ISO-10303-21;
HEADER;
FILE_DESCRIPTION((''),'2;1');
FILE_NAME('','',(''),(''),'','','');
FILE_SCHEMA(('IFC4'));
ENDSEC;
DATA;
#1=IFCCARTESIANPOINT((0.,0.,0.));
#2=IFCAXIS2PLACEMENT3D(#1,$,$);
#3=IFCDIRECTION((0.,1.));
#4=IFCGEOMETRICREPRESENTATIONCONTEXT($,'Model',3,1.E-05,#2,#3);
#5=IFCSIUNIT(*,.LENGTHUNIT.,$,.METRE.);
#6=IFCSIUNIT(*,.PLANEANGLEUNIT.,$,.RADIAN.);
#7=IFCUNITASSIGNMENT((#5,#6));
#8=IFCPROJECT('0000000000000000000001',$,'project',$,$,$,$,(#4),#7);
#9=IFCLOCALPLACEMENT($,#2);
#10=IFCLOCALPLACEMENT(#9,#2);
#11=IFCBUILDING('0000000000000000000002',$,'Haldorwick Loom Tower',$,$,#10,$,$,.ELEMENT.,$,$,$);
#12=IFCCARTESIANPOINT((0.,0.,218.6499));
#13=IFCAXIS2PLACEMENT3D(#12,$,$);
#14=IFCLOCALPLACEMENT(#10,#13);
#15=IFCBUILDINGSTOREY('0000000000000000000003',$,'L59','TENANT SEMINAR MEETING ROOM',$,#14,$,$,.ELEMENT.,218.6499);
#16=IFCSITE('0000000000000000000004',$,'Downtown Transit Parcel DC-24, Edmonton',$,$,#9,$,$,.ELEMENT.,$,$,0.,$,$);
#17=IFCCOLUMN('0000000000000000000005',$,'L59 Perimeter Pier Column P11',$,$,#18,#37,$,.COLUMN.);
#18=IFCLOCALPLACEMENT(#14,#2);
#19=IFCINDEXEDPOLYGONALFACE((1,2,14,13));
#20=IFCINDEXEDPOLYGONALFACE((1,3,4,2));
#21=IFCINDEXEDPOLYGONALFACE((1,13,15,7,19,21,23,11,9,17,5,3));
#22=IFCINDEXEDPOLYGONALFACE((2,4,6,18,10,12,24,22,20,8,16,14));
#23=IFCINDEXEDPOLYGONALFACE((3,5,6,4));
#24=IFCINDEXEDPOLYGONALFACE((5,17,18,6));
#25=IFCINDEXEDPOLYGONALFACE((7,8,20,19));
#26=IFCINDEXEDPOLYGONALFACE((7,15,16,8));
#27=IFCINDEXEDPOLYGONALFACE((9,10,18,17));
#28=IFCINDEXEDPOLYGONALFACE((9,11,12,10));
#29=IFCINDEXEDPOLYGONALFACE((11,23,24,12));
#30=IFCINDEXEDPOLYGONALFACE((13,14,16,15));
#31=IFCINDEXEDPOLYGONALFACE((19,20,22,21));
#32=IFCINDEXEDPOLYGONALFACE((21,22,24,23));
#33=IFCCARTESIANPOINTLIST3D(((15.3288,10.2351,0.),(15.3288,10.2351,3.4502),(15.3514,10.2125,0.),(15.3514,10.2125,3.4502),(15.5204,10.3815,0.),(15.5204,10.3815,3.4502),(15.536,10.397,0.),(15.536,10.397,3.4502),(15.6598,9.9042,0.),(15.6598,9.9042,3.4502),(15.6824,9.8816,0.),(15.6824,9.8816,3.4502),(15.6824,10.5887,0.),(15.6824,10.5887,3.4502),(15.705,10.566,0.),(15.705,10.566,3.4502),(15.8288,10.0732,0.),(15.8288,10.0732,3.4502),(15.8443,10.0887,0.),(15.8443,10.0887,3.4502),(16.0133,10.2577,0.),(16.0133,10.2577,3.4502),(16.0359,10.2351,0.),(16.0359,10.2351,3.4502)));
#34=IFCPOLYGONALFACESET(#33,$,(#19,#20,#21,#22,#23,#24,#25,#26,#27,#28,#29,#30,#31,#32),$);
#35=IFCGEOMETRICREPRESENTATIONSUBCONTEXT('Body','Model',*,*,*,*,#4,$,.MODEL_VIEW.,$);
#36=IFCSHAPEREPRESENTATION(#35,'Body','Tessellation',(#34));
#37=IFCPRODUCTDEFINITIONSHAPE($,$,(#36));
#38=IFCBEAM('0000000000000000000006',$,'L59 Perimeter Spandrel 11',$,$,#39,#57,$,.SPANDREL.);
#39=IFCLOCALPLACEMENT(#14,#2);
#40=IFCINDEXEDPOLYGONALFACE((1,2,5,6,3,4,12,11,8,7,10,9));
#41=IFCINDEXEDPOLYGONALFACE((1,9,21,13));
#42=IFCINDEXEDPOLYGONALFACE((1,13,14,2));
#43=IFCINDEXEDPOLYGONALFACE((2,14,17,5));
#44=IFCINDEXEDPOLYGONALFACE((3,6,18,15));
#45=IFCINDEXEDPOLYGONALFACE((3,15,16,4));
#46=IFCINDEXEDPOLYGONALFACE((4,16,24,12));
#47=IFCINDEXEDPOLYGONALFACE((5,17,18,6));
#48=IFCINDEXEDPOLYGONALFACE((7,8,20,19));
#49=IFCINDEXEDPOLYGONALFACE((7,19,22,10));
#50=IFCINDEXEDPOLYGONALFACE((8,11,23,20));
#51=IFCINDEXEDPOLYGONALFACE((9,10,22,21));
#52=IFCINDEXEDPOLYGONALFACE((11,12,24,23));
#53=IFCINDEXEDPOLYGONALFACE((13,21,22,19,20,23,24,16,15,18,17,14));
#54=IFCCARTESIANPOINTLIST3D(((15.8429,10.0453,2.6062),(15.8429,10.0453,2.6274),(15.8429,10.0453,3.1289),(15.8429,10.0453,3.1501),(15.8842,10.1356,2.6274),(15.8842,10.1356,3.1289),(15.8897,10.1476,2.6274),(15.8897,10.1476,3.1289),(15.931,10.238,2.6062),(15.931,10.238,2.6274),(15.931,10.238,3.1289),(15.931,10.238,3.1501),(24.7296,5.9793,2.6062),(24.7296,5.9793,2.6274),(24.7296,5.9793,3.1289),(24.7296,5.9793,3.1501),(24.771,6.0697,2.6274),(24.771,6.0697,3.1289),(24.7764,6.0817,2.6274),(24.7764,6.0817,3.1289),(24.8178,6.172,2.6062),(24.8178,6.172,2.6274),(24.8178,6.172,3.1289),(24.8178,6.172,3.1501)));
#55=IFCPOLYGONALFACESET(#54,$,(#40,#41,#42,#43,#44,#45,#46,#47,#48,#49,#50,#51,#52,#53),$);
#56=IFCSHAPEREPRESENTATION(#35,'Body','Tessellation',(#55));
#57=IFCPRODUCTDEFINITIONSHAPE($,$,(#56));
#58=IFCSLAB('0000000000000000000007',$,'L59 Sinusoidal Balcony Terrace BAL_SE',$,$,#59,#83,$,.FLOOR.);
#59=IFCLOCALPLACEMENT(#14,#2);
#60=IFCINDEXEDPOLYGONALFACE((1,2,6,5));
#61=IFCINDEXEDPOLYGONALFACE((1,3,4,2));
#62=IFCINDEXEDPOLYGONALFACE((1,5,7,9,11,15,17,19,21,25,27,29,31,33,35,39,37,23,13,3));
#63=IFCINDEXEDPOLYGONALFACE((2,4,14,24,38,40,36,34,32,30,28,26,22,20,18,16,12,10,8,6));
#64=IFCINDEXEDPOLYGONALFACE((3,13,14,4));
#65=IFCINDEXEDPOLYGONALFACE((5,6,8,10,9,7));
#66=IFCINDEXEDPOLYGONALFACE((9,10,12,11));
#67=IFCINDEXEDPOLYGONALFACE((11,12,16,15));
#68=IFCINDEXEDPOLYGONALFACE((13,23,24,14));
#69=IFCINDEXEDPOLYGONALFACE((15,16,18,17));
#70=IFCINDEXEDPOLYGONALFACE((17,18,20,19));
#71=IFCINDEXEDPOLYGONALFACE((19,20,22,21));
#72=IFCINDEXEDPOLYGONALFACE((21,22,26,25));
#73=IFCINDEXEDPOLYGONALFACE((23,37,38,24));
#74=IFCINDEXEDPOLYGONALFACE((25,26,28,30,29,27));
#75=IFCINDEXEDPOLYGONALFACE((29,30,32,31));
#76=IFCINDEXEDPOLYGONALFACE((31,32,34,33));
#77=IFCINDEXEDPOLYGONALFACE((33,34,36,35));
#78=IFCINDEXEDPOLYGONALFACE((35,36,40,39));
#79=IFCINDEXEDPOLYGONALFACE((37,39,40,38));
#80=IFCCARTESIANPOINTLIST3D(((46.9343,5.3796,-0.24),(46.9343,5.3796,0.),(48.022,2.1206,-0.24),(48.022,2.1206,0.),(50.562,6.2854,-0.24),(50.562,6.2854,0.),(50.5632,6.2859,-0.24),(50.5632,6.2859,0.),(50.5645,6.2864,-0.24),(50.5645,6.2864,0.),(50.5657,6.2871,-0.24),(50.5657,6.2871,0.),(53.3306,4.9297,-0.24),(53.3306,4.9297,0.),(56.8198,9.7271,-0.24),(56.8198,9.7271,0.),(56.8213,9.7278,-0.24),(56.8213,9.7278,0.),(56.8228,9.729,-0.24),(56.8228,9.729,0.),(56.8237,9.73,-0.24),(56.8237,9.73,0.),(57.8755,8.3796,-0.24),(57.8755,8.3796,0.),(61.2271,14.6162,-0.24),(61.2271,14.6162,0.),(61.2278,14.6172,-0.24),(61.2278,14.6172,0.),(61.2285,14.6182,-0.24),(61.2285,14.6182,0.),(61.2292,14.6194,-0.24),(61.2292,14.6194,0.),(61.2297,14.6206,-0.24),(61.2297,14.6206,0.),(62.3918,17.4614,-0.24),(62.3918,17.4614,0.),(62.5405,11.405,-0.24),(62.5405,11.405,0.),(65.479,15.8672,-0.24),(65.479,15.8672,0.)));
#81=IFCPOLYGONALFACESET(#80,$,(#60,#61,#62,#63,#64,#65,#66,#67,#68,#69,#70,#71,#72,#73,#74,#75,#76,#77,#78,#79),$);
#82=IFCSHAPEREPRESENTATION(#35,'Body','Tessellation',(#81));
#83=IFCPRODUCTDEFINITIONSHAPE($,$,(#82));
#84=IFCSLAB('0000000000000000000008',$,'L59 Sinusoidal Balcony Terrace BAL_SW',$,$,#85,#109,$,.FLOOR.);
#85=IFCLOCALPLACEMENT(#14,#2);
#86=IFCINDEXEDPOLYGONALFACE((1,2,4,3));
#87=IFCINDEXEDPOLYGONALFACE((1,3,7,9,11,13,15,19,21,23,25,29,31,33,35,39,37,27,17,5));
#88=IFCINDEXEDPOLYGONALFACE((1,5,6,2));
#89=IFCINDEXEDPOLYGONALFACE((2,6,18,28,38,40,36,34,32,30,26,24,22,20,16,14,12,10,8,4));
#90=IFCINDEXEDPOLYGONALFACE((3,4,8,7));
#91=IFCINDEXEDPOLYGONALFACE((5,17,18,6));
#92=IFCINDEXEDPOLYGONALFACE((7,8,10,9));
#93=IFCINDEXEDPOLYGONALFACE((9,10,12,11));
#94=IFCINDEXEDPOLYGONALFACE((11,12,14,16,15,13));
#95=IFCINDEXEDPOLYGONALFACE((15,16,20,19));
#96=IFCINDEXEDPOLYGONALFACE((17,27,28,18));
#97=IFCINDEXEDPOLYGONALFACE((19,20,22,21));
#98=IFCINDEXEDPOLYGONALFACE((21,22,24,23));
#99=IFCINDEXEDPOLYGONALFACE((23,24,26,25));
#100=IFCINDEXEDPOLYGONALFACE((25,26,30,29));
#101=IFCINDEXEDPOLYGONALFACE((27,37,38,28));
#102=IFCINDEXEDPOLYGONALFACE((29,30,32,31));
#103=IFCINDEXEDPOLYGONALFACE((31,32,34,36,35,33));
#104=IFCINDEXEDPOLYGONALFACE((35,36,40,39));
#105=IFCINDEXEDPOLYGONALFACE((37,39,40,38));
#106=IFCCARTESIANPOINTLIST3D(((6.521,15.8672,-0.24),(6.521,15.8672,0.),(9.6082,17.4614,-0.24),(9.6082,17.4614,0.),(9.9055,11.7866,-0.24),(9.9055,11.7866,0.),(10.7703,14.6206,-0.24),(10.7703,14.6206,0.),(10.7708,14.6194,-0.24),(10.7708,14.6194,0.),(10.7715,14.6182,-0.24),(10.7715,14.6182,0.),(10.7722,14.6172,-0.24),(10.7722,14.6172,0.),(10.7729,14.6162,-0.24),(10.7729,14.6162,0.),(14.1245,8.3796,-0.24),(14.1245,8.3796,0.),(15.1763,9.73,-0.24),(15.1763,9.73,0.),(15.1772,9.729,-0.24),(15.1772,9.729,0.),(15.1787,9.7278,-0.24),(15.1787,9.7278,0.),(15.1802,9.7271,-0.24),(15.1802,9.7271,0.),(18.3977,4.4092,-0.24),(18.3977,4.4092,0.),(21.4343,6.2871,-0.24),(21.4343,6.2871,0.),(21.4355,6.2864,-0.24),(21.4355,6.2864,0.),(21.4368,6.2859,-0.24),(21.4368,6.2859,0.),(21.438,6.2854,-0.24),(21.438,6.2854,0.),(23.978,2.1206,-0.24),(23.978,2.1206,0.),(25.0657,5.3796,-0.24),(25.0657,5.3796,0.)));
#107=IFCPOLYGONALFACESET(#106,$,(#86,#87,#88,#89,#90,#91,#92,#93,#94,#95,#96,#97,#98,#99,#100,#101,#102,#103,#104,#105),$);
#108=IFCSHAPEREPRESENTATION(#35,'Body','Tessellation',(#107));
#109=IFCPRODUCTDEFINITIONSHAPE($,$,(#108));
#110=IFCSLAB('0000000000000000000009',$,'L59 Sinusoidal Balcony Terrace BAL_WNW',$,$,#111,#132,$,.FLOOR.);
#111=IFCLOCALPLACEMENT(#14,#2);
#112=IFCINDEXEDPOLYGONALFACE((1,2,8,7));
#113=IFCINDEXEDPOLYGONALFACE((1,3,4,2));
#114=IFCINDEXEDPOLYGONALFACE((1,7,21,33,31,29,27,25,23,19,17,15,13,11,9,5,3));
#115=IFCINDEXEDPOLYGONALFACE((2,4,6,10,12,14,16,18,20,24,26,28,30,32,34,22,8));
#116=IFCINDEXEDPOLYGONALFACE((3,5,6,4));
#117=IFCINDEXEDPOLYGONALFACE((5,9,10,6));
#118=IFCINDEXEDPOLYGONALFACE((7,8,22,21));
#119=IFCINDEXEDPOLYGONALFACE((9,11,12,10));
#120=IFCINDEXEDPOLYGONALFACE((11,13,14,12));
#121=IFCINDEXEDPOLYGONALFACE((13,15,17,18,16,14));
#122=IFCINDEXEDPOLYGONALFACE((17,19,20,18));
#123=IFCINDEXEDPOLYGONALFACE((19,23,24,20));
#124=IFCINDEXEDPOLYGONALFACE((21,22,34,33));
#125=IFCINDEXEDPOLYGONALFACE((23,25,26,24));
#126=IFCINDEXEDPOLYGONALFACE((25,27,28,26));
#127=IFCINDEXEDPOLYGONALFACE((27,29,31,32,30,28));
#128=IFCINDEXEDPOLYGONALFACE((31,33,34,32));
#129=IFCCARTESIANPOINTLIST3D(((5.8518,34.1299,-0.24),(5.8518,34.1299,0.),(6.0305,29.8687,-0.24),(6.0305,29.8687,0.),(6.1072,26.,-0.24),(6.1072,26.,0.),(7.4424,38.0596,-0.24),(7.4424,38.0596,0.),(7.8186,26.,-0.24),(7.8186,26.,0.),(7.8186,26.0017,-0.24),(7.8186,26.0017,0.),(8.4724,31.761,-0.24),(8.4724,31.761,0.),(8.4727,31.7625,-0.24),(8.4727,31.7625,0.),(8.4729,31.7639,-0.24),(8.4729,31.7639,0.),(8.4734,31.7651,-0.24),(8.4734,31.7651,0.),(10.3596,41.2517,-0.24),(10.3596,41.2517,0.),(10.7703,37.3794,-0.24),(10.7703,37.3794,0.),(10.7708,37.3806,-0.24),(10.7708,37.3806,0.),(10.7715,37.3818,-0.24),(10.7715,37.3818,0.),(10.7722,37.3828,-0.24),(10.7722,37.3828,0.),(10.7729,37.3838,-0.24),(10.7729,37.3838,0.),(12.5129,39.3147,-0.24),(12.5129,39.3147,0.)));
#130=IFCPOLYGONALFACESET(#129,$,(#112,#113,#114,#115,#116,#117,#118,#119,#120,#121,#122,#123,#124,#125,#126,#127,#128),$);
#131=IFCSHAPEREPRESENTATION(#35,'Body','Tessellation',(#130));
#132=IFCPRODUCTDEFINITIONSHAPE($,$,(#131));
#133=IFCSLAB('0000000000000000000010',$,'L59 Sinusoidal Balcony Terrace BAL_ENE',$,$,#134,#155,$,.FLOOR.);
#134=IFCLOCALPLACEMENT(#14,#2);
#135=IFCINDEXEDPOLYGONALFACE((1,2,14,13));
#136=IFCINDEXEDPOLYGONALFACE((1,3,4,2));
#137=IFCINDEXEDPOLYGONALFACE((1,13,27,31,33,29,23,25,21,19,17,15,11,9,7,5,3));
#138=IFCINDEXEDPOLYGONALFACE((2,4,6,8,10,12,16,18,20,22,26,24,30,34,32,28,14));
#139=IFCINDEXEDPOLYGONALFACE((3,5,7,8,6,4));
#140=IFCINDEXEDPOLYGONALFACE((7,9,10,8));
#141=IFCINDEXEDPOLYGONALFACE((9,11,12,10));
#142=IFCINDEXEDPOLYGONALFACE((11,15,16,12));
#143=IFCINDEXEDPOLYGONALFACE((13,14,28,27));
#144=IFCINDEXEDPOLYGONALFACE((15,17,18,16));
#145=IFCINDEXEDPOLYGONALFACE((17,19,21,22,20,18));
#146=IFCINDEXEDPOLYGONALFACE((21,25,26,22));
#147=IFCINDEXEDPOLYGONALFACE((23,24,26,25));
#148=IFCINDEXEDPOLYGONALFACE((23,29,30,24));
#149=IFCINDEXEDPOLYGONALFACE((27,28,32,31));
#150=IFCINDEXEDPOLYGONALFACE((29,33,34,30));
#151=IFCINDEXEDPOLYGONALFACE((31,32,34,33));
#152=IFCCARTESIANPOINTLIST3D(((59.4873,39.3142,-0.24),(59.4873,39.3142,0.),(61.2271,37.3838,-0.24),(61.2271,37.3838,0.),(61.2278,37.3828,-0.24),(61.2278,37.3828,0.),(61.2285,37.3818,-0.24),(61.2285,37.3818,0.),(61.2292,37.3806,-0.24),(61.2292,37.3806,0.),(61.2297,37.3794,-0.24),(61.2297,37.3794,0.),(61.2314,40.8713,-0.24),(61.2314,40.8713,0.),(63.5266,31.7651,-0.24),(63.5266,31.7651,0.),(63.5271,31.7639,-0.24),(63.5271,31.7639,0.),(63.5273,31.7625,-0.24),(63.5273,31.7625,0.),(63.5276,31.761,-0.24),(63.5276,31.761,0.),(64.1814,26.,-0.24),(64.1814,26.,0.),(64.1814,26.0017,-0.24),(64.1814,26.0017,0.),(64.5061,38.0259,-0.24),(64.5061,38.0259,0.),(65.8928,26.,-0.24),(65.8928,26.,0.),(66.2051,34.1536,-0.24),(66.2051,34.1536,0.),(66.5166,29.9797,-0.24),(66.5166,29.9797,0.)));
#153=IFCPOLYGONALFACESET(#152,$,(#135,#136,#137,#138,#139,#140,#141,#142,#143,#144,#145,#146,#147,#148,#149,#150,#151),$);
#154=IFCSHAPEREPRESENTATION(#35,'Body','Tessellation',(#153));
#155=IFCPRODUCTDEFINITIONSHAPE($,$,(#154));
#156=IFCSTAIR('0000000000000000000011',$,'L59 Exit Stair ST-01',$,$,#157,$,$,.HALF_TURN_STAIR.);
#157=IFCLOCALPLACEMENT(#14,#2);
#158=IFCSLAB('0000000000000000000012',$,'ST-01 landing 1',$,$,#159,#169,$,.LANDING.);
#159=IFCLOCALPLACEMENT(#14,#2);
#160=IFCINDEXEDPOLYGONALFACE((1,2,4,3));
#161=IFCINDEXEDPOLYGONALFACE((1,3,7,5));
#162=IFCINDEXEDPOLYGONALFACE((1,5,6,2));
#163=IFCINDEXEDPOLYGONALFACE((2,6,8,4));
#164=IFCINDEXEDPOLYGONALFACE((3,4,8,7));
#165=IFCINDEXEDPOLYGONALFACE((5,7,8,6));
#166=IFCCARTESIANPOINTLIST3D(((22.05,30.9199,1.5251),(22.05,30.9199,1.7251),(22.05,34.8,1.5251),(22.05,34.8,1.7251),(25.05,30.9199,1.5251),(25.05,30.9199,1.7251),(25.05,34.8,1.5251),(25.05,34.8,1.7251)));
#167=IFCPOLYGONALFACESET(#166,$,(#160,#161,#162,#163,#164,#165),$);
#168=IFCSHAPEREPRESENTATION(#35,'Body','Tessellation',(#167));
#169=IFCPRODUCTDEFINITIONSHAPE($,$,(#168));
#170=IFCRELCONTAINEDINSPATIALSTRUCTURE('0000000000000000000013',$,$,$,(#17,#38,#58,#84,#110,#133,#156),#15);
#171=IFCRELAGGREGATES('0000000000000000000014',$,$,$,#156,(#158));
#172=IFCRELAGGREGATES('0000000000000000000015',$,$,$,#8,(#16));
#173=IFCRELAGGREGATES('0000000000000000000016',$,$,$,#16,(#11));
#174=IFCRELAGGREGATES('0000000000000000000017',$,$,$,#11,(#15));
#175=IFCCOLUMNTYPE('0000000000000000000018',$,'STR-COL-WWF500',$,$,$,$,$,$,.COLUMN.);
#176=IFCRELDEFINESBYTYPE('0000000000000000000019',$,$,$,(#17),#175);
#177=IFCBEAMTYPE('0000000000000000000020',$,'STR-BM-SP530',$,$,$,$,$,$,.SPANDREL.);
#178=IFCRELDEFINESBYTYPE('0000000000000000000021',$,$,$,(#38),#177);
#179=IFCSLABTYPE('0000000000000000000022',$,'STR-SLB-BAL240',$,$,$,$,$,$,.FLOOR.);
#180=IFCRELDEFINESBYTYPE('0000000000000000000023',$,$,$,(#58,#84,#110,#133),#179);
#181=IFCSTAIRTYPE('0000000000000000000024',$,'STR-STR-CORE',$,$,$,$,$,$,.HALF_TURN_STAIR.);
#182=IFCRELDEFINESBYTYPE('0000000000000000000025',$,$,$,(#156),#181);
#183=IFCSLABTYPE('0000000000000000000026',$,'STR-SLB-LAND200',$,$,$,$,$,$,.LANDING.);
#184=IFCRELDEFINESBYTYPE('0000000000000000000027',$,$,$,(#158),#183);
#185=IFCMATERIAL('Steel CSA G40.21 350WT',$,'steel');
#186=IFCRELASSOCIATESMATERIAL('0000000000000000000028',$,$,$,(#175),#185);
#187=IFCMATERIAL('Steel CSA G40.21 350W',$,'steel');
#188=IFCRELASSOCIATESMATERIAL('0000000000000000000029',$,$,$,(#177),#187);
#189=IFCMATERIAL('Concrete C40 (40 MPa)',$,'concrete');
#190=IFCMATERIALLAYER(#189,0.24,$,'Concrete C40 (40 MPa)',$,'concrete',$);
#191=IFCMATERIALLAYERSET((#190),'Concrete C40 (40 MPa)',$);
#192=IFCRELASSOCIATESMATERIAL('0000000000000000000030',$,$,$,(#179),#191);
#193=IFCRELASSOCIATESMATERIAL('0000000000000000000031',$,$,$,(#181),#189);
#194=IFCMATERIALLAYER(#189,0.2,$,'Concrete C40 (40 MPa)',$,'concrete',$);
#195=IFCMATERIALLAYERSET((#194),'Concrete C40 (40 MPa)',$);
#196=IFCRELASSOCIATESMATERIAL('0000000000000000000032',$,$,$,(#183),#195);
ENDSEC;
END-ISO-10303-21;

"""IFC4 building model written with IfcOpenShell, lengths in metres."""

from ifc_helpers import new_model, si_unit, direction, frame, origin, origin_2d, place, context, subcontext, project, spatial, polyline, i_section, outline, extrude, material, layer, layer_set, material_profile, profile_set, type_object, element, aggregate, save


model = new_model("IFC4")

# Units and contexts
model_context = context("Model", 3, precision=1e-05, world=origin(), true_north=direction((0.0, 1.0)))
body_context = subcontext(model_context, "Body", "Model", "MODEL_VIEW")
ifc_project = project(units=[si_unit("LENGTHUNIT", "METRE"), si_unit("PLANEANGLEUNIT", "RADIAN")], contexts=[model_context])

# Site, building, storey
site_placement = place(None, origin())
site = spatial("IfcSite", under=ifc_project, at=site_placement, Name="Downtown Transit Parcel DC-24, Edmonton", CompositionType="ELEMENT", RefElevation=0.0)
building_placement = place(site_placement, origin())
building = spatial("IfcBuilding", under=site, at=building_placement, Name="Haldorwick Loom Tower", CompositionType="ELEMENT")
storey_placement = place(building_placement, frame((0.0, 0.0, 218.6499)))
storey = spatial("IfcBuildingStorey", under=building, at=storey_placement, Name="L59", Description="TENANT SEMINAR MEETING ROOM", CompositionType="ELEMENT", Elevation=218.6499)

# Column
ifc_material_1 = material(Name="Steel CSA G40.21 350WT", Category="steel")
ifc_material_profile_1 = material_profile(ifc_material_1, i_section(OverallWidth=0.5, OverallDepth=0.5, WebThickness=0.022, FlangeThickness=0.032, at=origin_2d()), Name="WWF500X500", Category="steel")
ifc_profile_set_1 = profile_set([ifc_material_profile_1], Name="Steel CSA G40.21 350WT")
column_type = type_object("IfcColumnType", Name="STR-COL-WWF500", PredefinedType="COLUMN", material=ifc_profile_set_1)
column_placement = place(storey_placement, frame((15.6824, 10.2351, 0.0), z_axis=(0.0, 0.0, 1.0), x_axis=(-0.707107, -0.707107, 0.0)))
element("IfcColumn", 1, at=column_placement, inside=storey, type_object=column_type, Name="L59 Perimeter Pier Column P11", PredefinedType="COLUMN", context=body_context, shape_type="SweptSolid", body=[
    extrude(i_section(OverallWidth=0.5, OverallDepth=0.5, WebThickness=0.022, FlangeThickness=0.032, at=origin_2d()), origin(), (0.0, 0.0, 1.0), 3.4502),
])

# Beam
ifc_material_2 = material(Name="Steel CSA G40.21 350W", Category="steel")
ifc_material_profile_2 = material_profile(ifc_material_2, i_section(OverallWidth=0.2119, OverallDepth=0.5439, WebThickness=0.0132, FlangeThickness=0.0212, at=origin_2d()), Name="W530X123", Category="steel")
ifc_profile_set_2 = profile_set([ifc_material_profile_2], Name="Steel CSA G40.21 350W")
beam_type = type_object("IfcBeamType", Name="STR-BM-SP530", PredefinedType="SPANDREL", material=ifc_profile_set_2)
beam_placement = place(storey_placement, frame((15.887, 10.1416, 2.8782), z_axis=(0.909342, -0.416049, 0.0), x_axis=(0.416049, 0.909342, 0.0)))
element("IfcBeam", 2, at=beam_placement, inside=storey, type_object=beam_type, Name="L59 Perimeter Spandrel 11", PredefinedType="SPANDREL", context=body_context, shape_type="SweptSolid", body=[
    extrude(i_section(OverallWidth=0.2119, OverallDepth=0.5439, WebThickness=0.0132, FlangeThickness=0.0212, at=origin_2d()), origin(), (0.0, 0.0, 1.0), 9.7727),
])

# Slabs
ifc_material_3 = material(Name="Concrete C40 (40 MPa)", Category="concrete")
ifc_layer_1 = layer(ifc_material_3, 0.24, Name="Concrete C40 (40 MPa)", Category="concrete")
ifc_layer_set_1 = layer_set([ifc_layer_1], Name="Concrete C40 (40 MPa)")
slab_type_1 = type_object("IfcSlabType", Name="STR-SLB-BAL240", PredefinedType="FLOOR", material=ifc_layer_set_1)
slab_1_placement = place(storey_placement, frame((0.0, 0.0, -0.24)))
element("IfcSlab", 3, at=slab_1_placement, inside=storey, type_object=slab_type_1, Name="L59 Sinusoidal Balcony Terrace BAL_SE", PredefinedType="FLOOR", context=body_context, shape_type="SweptSolid", body=[
    extrude(outline(polyline([(62.3918, 17.4614), (61.2297, 14.6206), (61.2292, 14.6194), (61.2285, 14.6182), (61.2278, 14.6172), (61.2271, 14.6162), (56.8237, 9.73), (56.8228, 9.729), (56.8213, 9.7278), (56.8198, 9.7271), (50.5657, 6.2871), (50.5645, 6.2864), (50.5632, 6.2859), (50.562, 6.2854), (46.9343, 5.3796), (48.022, 2.1206), (53.3306, 4.9297), (57.8755, 8.3796), (62.5405, 11.405), (65.479, 15.8672), (62.3918, 17.4614)])), origin(), (0.0, 0.0, 1.0), 0.24),
])
slab_2_placement = place(storey_placement, frame((0.0, 0.0, -0.24)))
element("IfcSlab", 4, at=slab_2_placement, inside=storey, type_object=slab_type_1, Name="L59 Sinusoidal Balcony Terrace BAL_SW", PredefinedType="FLOOR", context=body_context, shape_type="SweptSolid", body=[
    extrude(outline(polyline([(25.0657, 5.3796), (21.438, 6.2854), (21.4368, 6.2859), (21.4355, 6.2864), (21.4343, 6.2871), (15.1802, 9.7271), (15.1787, 9.7278), (15.1772, 9.729), (15.1763, 9.73), (10.7729, 14.6162), (10.7722, 14.6172), (10.7715, 14.6182), (10.7708, 14.6194), (10.7703, 14.6206), (9.6082, 17.4614), (6.521, 15.8672), (9.9055, 11.7866), (14.1245, 8.3796), (18.3977, 4.4092), (23.978, 2.1206), (25.0657, 5.3796)])), origin(), (0.0, 0.0, 1.0), 0.24),
])
slab_3_placement = place(storey_placement, frame((0.0, 0.0, -0.24)))
element("IfcSlab", 5, at=slab_3_placement, inside=storey, type_object=slab_type_1, Name="L59 Sinusoidal Balcony Terrace BAL_WNW", PredefinedType="FLOOR", context=body_context, shape_type="SweptSolid", body=[
    extrude(outline(polyline([(7.8186, 26.0), (7.8186, 26.0017), (8.4724, 31.761), (8.4727, 31.7625), (8.4729, 31.7639), (8.4734, 31.7651), (10.7703, 37.3794), (10.7708, 37.3806), (10.7715, 37.3818), (10.7722, 37.3828), (10.7729, 37.3838), (12.5129, 39.3147), (10.3596, 41.2517), (7.4424, 38.0596), (5.8518, 34.1299), (6.0305, 29.8687), (6.1072, 26.0), (7.8186, 26.0)])), origin(), (0.0, 0.0, 1.0), 0.24),
])
slab_4_placement = place(storey_placement, frame((0.0, 0.0, -0.24)))
element("IfcSlab", 6, at=slab_4_placement, inside=storey, type_object=slab_type_1, Name="L59 Sinusoidal Balcony Terrace BAL_ENE", PredefinedType="FLOOR", context=body_context, shape_type="SweptSolid", body=[
    extrude(outline(polyline([(59.4873, 39.3142), (61.2271, 37.3838), (61.2278, 37.3828), (61.2285, 37.3818), (61.2292, 37.3806), (61.2297, 37.3794), (63.5266, 31.7651), (63.5271, 31.7639), (63.5273, 31.7625), (63.5276, 31.761), (64.1814, 26.0017), (64.1814, 26.0), (65.8928, 26.0), (66.5166, 29.9797), (66.2051, 34.1536), (64.5061, 38.0259), (61.2314, 40.8713), (59.4873, 39.3142)])), origin(), (0.0, 0.0, 1.0), 0.24),
])

# Stair, slab
stair_type = type_object("IfcStairType", Name="STR-STR-CORE", PredefinedType="HALF_TURN_STAIR", material=ifc_material_3)
stair_1_placement = place(storey_placement, origin())
stair_1 = element("IfcStair", 7, at=stair_1_placement, inside=storey, type_object=stair_type, Name="L59 Exit Stair ST-01", PredefinedType="HALF_TURN_STAIR")
ifc_layer_2 = layer(ifc_material_3, 0.2, Name="Concrete C40 (40 MPa)", Category="concrete")
ifc_layer_set_2 = layer_set([ifc_layer_2], Name="Concrete C40 (40 MPa)")
slab_type_2 = type_object("IfcSlabType", Name="STR-SLB-LAND200", PredefinedType="LANDING", material=ifc_layer_set_2)
slab_5_placement = place(storey_placement, frame((0.0, 0.0, 1.5251)))
slab_5 = element("IfcSlab", 8, at=slab_5_placement, type_object=slab_type_2, Name="ST-01 landing 1", PredefinedType="LANDING", context=body_context, shape_type="SweptSolid", body=[
    extrude(outline(polyline([(25.05, 30.9199), (25.05, 34.8), (22.05, 34.8), (22.05, 30.9199), (25.05, 30.9199)])), origin(), (0.0, 0.0, 1.0), 0.2),
])
aggregate(stair_1, [slab_5])

save(model, "model.ifc")
